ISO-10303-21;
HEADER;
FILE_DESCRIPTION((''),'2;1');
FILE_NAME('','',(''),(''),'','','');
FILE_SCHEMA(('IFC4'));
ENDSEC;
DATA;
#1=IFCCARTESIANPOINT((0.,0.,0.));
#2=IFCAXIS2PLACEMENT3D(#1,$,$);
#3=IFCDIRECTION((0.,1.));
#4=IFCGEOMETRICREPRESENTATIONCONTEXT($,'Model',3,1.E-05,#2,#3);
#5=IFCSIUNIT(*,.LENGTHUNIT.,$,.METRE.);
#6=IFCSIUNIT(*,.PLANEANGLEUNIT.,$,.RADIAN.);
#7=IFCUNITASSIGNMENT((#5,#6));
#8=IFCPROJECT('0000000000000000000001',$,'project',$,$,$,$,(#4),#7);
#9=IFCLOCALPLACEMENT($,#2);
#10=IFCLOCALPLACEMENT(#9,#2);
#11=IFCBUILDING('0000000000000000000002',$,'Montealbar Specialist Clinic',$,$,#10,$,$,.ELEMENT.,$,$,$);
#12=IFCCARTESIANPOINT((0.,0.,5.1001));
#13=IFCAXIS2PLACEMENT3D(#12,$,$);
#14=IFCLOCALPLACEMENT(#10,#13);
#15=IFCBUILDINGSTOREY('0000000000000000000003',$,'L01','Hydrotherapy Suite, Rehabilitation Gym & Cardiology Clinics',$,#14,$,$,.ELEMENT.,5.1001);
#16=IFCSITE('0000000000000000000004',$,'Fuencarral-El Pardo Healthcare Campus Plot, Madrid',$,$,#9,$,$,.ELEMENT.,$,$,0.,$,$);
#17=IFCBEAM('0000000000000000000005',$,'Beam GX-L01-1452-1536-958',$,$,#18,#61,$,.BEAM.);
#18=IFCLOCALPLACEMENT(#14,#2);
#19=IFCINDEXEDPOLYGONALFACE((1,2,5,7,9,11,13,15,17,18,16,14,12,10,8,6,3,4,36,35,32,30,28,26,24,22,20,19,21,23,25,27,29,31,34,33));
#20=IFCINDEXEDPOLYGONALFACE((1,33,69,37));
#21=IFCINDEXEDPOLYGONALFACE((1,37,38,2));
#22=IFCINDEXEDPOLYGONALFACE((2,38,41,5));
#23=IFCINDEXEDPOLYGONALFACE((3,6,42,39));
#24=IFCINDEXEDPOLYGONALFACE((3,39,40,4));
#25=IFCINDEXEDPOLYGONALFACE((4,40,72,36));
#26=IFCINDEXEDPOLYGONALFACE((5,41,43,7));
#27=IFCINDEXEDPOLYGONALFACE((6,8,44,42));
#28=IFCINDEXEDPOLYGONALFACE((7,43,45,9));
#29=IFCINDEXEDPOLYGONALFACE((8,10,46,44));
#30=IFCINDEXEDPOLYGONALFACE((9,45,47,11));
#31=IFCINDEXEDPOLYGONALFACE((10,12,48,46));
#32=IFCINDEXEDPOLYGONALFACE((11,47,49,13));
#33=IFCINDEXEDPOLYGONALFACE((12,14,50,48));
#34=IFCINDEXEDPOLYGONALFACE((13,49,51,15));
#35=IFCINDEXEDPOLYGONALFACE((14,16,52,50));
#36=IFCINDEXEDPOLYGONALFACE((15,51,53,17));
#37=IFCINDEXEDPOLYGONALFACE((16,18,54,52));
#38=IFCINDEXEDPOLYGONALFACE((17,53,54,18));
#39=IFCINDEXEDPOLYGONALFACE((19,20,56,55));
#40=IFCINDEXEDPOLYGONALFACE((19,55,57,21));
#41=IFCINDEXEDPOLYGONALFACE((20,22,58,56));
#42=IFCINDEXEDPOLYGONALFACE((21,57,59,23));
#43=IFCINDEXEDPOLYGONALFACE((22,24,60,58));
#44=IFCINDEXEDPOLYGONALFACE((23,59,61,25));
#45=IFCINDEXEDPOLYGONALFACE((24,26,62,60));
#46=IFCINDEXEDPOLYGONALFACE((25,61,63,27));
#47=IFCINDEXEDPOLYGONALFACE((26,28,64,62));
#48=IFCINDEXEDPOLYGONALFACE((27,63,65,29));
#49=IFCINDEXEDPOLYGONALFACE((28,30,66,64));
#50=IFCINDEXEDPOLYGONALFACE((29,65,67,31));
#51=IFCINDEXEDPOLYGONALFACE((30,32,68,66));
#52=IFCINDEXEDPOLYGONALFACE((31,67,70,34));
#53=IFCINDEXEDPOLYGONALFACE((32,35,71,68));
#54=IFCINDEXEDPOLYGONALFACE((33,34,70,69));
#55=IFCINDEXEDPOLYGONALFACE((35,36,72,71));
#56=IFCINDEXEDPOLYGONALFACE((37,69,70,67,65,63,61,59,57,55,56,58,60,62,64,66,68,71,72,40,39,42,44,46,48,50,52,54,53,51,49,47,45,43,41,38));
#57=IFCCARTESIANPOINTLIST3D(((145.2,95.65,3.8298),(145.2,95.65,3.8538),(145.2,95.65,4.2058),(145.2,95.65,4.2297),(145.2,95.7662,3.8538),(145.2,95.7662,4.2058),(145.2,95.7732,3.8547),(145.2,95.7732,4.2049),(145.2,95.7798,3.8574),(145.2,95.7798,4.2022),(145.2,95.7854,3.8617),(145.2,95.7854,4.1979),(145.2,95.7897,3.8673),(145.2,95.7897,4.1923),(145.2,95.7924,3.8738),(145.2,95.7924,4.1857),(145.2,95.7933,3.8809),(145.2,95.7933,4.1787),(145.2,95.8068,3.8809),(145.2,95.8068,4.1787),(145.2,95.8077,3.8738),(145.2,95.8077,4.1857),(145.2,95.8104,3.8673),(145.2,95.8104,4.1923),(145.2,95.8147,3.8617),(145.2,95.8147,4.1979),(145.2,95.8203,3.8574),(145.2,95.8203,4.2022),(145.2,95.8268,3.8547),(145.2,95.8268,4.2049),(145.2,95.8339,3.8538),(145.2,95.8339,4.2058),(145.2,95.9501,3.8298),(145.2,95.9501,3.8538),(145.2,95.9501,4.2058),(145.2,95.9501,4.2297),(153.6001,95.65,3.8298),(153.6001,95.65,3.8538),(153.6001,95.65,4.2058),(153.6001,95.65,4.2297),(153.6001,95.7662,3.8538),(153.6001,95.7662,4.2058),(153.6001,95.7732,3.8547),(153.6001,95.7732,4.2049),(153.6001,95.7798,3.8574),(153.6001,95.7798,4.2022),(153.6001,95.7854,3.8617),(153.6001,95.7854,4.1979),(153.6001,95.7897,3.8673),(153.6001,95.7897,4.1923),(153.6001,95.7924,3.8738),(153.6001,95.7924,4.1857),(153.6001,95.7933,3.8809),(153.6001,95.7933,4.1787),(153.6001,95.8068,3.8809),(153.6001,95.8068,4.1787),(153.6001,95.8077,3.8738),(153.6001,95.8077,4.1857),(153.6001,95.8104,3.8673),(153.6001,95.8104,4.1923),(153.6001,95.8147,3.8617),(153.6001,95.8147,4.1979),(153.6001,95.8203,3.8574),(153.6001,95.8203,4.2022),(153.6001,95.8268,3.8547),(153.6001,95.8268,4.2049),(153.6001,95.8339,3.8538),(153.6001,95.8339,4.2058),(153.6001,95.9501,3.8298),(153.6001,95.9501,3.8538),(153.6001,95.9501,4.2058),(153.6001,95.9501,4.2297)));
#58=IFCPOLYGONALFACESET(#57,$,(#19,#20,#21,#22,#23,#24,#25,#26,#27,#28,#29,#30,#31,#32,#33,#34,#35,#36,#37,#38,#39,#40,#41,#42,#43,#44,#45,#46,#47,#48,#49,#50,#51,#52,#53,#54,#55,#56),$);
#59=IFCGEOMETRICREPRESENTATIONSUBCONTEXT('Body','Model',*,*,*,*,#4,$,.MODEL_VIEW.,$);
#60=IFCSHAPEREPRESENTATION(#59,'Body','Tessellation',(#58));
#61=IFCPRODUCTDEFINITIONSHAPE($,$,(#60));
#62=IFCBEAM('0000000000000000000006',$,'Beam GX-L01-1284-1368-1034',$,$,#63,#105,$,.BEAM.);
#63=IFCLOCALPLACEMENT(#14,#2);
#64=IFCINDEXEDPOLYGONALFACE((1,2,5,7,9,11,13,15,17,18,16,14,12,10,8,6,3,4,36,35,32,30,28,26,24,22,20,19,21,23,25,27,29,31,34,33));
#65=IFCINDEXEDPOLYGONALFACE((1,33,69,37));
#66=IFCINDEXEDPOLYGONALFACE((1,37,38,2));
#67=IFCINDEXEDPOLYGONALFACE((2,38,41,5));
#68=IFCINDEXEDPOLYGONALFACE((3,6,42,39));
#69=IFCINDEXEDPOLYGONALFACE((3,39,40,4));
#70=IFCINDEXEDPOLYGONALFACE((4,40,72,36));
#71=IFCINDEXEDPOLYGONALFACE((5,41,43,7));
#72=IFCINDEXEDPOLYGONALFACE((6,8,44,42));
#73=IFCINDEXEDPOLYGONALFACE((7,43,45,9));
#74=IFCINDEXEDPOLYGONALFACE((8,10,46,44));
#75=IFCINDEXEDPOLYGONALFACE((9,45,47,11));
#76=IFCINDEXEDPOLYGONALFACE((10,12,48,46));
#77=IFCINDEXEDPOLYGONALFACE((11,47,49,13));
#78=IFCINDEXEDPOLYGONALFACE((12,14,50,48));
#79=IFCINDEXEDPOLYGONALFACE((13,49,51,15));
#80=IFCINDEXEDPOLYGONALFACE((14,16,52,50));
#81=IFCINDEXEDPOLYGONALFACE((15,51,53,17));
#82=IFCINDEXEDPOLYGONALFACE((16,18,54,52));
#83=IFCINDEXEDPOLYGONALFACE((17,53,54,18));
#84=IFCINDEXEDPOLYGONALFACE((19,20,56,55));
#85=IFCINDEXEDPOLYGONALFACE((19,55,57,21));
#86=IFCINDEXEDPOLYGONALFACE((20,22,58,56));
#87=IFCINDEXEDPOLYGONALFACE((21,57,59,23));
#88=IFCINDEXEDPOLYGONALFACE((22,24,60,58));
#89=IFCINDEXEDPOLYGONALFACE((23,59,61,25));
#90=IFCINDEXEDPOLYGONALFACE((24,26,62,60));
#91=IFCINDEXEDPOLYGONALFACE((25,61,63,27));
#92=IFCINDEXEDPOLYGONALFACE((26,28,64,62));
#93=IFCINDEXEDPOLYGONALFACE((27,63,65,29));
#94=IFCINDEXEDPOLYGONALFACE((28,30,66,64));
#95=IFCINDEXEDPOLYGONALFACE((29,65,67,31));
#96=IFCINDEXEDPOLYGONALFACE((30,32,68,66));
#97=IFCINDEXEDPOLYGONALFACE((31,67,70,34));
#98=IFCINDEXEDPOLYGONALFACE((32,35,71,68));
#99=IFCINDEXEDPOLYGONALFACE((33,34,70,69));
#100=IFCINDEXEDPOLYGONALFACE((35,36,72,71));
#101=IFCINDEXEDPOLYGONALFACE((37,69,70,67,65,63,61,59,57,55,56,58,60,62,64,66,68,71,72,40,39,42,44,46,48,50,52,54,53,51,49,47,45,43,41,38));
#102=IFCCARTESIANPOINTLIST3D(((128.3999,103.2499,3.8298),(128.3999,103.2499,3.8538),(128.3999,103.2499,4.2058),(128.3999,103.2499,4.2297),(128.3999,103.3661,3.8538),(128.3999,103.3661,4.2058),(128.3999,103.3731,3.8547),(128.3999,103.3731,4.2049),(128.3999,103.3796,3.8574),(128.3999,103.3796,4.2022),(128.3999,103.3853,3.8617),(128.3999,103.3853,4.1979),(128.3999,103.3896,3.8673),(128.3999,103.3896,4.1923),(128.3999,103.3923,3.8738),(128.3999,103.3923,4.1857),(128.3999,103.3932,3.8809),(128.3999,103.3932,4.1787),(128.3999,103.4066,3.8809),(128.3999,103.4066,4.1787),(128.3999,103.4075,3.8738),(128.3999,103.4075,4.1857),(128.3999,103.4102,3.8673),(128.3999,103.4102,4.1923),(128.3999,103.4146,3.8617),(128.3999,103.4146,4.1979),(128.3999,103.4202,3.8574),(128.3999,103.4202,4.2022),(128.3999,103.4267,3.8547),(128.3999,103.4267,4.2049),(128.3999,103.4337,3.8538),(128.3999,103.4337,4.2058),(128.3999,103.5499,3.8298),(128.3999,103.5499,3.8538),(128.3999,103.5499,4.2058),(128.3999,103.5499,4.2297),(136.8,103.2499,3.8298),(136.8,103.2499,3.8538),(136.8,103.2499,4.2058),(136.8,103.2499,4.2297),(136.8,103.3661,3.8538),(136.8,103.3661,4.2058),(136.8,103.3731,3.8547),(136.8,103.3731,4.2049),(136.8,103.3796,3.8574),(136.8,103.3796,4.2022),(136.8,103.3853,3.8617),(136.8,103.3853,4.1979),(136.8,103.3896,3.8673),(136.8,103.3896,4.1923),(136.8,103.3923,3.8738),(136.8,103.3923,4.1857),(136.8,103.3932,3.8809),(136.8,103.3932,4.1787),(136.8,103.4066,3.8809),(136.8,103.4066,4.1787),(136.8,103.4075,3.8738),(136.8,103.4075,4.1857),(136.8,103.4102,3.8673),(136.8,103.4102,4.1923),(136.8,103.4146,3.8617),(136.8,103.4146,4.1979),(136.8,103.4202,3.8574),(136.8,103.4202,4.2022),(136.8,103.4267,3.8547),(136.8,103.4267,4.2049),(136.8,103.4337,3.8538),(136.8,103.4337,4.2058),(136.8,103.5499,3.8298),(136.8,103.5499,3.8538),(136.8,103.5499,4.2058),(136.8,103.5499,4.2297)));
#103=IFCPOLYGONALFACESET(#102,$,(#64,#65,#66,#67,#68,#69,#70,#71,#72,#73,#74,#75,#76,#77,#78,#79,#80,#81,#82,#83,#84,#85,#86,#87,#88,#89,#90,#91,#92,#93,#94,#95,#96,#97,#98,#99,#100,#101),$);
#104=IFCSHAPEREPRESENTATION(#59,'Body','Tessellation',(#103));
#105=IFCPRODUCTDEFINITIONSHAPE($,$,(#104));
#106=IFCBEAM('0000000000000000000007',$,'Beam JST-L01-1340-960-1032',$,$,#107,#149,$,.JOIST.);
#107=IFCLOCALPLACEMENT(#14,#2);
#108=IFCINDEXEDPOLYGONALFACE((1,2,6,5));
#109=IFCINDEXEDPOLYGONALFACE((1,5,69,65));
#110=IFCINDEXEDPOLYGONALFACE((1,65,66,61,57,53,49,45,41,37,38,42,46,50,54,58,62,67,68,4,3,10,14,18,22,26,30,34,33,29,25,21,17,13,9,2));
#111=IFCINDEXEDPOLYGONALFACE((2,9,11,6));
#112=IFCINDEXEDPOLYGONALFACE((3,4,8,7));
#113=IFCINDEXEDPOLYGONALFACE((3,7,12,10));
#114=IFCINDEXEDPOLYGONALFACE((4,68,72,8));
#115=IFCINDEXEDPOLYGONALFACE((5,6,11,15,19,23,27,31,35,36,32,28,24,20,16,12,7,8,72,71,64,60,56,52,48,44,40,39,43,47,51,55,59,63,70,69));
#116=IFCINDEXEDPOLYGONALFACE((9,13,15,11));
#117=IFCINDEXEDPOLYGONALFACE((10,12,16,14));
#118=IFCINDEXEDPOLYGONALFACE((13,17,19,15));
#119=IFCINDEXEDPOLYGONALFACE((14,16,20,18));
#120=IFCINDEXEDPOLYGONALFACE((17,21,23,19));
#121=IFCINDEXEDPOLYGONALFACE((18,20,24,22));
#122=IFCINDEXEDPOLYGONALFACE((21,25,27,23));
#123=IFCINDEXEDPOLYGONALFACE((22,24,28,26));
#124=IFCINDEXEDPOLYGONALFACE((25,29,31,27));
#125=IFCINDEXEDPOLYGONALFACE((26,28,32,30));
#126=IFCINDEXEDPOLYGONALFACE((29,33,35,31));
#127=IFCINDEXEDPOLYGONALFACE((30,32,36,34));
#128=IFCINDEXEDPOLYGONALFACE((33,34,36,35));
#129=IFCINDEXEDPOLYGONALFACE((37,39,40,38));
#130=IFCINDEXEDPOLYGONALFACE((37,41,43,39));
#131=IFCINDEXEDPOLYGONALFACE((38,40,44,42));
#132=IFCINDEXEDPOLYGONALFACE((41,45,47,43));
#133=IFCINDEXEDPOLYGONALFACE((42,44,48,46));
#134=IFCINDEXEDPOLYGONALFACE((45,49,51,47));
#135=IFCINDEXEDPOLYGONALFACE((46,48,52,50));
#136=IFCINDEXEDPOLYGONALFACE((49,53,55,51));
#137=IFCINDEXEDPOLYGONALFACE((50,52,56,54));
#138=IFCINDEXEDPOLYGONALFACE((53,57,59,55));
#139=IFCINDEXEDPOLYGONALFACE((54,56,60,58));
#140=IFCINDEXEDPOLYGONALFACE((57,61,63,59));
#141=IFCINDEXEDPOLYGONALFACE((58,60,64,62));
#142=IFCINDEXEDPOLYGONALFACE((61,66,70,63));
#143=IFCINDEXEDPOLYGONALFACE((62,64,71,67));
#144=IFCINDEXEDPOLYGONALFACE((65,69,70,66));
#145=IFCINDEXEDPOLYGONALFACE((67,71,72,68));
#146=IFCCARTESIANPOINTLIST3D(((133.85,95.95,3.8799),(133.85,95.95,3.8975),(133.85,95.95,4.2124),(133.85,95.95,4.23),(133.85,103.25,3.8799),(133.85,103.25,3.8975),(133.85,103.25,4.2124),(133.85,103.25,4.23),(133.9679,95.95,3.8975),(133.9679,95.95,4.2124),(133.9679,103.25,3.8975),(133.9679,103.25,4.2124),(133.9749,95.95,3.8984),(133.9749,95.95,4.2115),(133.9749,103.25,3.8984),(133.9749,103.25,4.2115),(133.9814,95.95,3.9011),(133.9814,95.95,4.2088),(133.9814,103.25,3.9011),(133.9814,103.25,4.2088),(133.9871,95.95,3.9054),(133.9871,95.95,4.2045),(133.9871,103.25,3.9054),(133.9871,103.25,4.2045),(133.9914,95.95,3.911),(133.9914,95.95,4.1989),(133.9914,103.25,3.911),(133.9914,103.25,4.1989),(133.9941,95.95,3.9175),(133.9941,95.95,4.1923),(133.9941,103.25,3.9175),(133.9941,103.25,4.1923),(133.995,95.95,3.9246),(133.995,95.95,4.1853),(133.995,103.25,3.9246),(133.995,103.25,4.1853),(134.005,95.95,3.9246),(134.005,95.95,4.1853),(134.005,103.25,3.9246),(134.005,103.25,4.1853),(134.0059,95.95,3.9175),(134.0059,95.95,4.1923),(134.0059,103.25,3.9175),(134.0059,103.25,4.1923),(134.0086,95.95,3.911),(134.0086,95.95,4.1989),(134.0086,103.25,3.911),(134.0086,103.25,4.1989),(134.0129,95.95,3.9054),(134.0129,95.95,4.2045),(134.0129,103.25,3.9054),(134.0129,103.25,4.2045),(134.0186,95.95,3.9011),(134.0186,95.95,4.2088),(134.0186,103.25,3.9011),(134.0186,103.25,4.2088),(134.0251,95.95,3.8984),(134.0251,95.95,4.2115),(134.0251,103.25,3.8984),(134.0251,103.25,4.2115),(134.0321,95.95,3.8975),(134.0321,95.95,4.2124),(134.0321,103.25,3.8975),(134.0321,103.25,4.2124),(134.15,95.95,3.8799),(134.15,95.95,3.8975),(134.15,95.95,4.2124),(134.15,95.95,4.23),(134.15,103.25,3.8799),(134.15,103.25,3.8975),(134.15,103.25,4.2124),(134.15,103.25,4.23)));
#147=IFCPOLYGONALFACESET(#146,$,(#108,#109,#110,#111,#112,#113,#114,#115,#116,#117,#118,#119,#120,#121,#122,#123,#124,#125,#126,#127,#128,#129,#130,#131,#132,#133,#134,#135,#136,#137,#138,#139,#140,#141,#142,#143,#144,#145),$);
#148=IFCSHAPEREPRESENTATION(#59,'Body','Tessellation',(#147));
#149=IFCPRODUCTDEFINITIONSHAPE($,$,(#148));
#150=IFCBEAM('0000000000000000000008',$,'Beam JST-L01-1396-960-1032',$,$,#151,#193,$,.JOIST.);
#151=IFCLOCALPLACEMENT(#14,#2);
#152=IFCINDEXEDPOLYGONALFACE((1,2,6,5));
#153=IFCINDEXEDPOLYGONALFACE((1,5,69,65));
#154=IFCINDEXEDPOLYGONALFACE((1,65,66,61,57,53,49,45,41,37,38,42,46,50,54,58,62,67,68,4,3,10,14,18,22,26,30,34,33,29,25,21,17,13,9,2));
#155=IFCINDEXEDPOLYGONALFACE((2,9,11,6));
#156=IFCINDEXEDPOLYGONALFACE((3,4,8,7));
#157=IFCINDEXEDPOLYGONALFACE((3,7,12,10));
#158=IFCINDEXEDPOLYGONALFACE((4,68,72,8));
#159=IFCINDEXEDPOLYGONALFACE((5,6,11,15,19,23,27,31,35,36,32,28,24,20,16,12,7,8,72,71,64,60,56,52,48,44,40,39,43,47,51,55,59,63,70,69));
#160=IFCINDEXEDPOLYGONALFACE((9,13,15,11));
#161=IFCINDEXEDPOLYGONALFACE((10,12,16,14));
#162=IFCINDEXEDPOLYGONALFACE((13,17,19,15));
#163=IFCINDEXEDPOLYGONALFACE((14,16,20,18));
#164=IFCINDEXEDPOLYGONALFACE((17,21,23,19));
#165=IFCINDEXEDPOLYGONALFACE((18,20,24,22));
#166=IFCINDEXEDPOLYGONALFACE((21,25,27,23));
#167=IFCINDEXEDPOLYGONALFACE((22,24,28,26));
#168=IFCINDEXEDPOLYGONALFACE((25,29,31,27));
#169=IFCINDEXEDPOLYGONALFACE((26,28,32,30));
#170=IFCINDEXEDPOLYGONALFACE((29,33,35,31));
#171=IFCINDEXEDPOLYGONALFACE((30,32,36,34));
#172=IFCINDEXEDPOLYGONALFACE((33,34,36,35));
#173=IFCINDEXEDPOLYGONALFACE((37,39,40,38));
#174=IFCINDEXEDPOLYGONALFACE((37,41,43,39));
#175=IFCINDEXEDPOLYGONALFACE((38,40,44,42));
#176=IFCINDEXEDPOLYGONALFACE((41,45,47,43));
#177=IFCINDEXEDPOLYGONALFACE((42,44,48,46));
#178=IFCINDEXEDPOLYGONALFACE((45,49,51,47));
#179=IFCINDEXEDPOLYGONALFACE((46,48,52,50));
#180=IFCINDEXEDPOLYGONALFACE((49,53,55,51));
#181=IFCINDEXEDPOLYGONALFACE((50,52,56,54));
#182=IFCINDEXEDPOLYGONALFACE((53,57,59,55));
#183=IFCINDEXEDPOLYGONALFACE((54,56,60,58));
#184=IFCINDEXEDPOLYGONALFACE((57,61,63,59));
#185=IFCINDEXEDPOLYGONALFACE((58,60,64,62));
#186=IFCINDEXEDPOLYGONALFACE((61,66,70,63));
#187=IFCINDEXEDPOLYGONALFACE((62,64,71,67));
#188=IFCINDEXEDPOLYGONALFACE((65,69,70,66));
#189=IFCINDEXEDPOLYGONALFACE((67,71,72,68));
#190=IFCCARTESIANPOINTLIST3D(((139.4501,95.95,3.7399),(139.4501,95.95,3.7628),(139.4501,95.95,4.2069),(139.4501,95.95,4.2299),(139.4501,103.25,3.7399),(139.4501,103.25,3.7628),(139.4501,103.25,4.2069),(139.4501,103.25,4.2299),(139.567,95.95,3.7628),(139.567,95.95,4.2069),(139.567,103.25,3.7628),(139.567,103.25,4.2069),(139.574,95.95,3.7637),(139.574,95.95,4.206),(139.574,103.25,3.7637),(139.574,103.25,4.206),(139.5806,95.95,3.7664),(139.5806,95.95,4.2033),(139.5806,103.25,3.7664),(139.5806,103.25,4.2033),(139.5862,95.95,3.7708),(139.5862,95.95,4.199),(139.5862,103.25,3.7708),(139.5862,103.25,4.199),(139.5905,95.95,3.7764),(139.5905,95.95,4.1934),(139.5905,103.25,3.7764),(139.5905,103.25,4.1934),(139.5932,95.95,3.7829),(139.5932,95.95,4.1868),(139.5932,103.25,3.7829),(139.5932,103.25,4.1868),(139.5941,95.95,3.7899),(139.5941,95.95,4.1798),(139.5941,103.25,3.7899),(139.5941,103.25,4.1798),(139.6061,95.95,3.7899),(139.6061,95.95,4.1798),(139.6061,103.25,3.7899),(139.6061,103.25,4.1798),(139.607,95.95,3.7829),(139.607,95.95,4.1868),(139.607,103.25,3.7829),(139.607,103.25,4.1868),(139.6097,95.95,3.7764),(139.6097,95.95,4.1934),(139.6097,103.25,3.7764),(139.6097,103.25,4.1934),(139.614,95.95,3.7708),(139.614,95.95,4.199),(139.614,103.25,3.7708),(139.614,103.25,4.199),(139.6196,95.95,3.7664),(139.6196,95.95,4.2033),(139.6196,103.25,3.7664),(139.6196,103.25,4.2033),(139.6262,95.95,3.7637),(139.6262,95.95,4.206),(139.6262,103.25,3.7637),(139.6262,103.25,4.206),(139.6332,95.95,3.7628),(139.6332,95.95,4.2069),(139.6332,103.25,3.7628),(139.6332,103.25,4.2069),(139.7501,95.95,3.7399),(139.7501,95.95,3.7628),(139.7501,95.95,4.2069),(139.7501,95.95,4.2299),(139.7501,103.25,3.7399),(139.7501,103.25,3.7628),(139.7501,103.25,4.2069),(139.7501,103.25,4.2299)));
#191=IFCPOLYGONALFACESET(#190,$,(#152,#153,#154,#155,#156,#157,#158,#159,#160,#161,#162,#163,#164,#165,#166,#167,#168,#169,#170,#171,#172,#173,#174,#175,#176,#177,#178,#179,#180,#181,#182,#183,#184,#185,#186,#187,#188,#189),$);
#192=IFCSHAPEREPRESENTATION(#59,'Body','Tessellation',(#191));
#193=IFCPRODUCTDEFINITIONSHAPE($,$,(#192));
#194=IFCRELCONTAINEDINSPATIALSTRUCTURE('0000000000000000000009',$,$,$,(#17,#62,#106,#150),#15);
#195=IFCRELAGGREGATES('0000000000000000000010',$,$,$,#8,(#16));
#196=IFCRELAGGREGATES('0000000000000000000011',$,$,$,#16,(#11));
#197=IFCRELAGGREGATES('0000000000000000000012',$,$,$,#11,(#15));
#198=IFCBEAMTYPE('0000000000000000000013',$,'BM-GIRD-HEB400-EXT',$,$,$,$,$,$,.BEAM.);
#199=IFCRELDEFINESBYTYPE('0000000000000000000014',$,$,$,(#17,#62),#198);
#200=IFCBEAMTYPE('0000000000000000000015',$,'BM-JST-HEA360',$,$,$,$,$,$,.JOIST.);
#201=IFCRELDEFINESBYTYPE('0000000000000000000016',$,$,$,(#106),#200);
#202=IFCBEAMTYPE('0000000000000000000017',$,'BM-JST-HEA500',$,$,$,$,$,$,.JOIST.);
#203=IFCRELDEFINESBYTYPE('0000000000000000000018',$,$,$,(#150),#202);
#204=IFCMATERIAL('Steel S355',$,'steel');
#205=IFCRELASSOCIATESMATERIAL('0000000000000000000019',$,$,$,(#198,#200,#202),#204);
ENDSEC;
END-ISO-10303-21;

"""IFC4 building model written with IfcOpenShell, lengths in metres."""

from ifc_helpers import new_model, si_unit, direction, frame, origin, origin_2d, place, context, subcontext, project, spatial, i_section, extrude, material, material_profile, profile_set, type_object, element, save


model = new_model("IFC4")

# Units and contexts
model_context = context("Model", 3, precision=1e-05, world=origin(), true_north=direction((0.0, 1.0)))
body_context = subcontext(model_context, "Body", "Model", "MODEL_VIEW")
ifc_project = project(units=[si_unit("LENGTHUNIT", "METRE"), si_unit("PLANEANGLEUNIT", "RADIAN")], contexts=[model_context])

# Site, building, storey
site_placement = place(None, origin())
site = spatial("IfcSite", under=ifc_project, at=site_placement, Name="Fuencarral-El Pardo Healthcare Campus Plot, Madrid", CompositionType="ELEMENT", RefElevation=0.0)
building_placement = place(site_placement, origin())
building = spatial("IfcBuilding", under=site, at=building_placement, Name="Montealbar Specialist Clinic", CompositionType="ELEMENT")
storey_placement = place(building_placement, frame((0.0, 0.0, 5.1001)))
storey = spatial("IfcBuildingStorey", under=building, at=storey_placement, Name="L01", Description="Hydrotherapy Suite, Rehabilitation Gym & Cardiology Clinics", CompositionType="ELEMENT", Elevation=5.1001)

# Shared definitions
ifc_material_1 = material(Name="Steel S355", Category="steel")

# Beams
ifc_material_profile_1 = material_profile(ifc_material_1, i_section(OverallWidth=0.3, OverallDepth=0.3999, WebThickness=0.0134, FlangeThickness=0.0239, FilletRadius=0.0271, at=origin_2d()), Name="HEB 400", Category="steel")
ifc_profile_set_1 = profile_set([ifc_material_profile_1], Name="Steel S355")
beam_type_1 = type_object("IfcBeamType", Name="BM-GIRD-HEB400-EXT", PredefinedType="BEAM", material=ifc_profile_set_1)
for number, where, z_axis, x_axis, name in (
    (1, (145.2, 95.8, 4.0298), (1.0, 0.0, 0.0), (0.0, 1.0, 0.0), "Beam GX-L01-1452-1536-958"),
    (2, (128.3999, 103.3999, 4.0298), (1.0, 0.0, 0.0), (0.0, 1.0, 0.0), "Beam GX-L01-1284-1368-1034"),
):
    element("IfcBeam", number, at=place(storey_placement, frame(where, z_axis=z_axis, x_axis=x_axis)), inside=storey, type_object=beam_type_1, Name=name, PredefinedType="BEAM", context=body_context, shape_type="SweptSolid", body=[
        extrude(i_section(OverallWidth=0.3, OverallDepth=0.3999, WebThickness=0.0134, FlangeThickness=0.0239, FilletRadius=0.0271, at=origin_2d()), origin(), (0.0, 0.0, 1.0), 8.4001),
    ])
ifc_material_profile_2 = material_profile(ifc_material_1, i_section(OverallWidth=0.3, OverallDepth=0.3501, WebThickness=0.01, FlangeThickness=0.0176, FilletRadius=0.0271, at=origin_2d()), Name="HEA 360", Category="steel")
ifc_profile_set_2 = profile_set([ifc_material_profile_2], Name="Steel S355")
beam_type_2 = type_object("IfcBeamType", Name="BM-JST-HEA360", PredefinedType="JOIST", material=ifc_profile_set_2)
beam_1_placement = place(storey_placement, frame((134.0, 95.95, 4.0549), z_axis=(0.0, 1.0, 0.0), x_axis=(-1.0, 0.0, 0.0)))
element("IfcBeam", 3, at=beam_1_placement, inside=storey, type_object=beam_type_2, Name="Beam JST-L01-1340-960-1032", PredefinedType="JOIST", context=body_context, shape_type="SweptSolid", body=[
    extrude(i_section(OverallWidth=0.3, OverallDepth=0.3501, WebThickness=0.01, FlangeThickness=0.0176, FilletRadius=0.0271, at=origin_2d()), origin(), (0.0, 0.0, 1.0), 7.3),
])
ifc_material_profile_3 = material_profile(ifc_material_1, i_section(OverallWidth=0.3, OverallDepth=0.49, WebThickness=0.012, FlangeThickness=0.0229, FilletRadius=0.0271, at=origin_2d()), Name="HEA 500", Category="steel")
ifc_profile_set_3 = profile_set([ifc_material_profile_3], Name="Steel S355")
beam_type_3 = type_object("IfcBeamType", Name="BM-JST-HEA500", PredefinedType="JOIST", material=ifc_profile_set_3)
beam_2_placement = place(storey_placement, frame((139.6001, 95.95, 3.9849), z_axis=(0.0, 1.0, 0.0), x_axis=(-1.0, 0.0, 0.0)))
element("IfcBeam", 4, at=beam_2_placement, inside=storey, type_object=beam_type_3, Name="Beam JST-L01-1396-960-1032", PredefinedType="JOIST", context=body_context, shape_type="SweptSolid", body=[
    extrude(i_section(OverallWidth=0.3, OverallDepth=0.49, WebThickness=0.012, FlangeThickness=0.0229, FilletRadius=0.0271, at=origin_2d()), origin(), (0.0, 0.0, 1.0), 7.3),
])

save(model, "model.ifc")
